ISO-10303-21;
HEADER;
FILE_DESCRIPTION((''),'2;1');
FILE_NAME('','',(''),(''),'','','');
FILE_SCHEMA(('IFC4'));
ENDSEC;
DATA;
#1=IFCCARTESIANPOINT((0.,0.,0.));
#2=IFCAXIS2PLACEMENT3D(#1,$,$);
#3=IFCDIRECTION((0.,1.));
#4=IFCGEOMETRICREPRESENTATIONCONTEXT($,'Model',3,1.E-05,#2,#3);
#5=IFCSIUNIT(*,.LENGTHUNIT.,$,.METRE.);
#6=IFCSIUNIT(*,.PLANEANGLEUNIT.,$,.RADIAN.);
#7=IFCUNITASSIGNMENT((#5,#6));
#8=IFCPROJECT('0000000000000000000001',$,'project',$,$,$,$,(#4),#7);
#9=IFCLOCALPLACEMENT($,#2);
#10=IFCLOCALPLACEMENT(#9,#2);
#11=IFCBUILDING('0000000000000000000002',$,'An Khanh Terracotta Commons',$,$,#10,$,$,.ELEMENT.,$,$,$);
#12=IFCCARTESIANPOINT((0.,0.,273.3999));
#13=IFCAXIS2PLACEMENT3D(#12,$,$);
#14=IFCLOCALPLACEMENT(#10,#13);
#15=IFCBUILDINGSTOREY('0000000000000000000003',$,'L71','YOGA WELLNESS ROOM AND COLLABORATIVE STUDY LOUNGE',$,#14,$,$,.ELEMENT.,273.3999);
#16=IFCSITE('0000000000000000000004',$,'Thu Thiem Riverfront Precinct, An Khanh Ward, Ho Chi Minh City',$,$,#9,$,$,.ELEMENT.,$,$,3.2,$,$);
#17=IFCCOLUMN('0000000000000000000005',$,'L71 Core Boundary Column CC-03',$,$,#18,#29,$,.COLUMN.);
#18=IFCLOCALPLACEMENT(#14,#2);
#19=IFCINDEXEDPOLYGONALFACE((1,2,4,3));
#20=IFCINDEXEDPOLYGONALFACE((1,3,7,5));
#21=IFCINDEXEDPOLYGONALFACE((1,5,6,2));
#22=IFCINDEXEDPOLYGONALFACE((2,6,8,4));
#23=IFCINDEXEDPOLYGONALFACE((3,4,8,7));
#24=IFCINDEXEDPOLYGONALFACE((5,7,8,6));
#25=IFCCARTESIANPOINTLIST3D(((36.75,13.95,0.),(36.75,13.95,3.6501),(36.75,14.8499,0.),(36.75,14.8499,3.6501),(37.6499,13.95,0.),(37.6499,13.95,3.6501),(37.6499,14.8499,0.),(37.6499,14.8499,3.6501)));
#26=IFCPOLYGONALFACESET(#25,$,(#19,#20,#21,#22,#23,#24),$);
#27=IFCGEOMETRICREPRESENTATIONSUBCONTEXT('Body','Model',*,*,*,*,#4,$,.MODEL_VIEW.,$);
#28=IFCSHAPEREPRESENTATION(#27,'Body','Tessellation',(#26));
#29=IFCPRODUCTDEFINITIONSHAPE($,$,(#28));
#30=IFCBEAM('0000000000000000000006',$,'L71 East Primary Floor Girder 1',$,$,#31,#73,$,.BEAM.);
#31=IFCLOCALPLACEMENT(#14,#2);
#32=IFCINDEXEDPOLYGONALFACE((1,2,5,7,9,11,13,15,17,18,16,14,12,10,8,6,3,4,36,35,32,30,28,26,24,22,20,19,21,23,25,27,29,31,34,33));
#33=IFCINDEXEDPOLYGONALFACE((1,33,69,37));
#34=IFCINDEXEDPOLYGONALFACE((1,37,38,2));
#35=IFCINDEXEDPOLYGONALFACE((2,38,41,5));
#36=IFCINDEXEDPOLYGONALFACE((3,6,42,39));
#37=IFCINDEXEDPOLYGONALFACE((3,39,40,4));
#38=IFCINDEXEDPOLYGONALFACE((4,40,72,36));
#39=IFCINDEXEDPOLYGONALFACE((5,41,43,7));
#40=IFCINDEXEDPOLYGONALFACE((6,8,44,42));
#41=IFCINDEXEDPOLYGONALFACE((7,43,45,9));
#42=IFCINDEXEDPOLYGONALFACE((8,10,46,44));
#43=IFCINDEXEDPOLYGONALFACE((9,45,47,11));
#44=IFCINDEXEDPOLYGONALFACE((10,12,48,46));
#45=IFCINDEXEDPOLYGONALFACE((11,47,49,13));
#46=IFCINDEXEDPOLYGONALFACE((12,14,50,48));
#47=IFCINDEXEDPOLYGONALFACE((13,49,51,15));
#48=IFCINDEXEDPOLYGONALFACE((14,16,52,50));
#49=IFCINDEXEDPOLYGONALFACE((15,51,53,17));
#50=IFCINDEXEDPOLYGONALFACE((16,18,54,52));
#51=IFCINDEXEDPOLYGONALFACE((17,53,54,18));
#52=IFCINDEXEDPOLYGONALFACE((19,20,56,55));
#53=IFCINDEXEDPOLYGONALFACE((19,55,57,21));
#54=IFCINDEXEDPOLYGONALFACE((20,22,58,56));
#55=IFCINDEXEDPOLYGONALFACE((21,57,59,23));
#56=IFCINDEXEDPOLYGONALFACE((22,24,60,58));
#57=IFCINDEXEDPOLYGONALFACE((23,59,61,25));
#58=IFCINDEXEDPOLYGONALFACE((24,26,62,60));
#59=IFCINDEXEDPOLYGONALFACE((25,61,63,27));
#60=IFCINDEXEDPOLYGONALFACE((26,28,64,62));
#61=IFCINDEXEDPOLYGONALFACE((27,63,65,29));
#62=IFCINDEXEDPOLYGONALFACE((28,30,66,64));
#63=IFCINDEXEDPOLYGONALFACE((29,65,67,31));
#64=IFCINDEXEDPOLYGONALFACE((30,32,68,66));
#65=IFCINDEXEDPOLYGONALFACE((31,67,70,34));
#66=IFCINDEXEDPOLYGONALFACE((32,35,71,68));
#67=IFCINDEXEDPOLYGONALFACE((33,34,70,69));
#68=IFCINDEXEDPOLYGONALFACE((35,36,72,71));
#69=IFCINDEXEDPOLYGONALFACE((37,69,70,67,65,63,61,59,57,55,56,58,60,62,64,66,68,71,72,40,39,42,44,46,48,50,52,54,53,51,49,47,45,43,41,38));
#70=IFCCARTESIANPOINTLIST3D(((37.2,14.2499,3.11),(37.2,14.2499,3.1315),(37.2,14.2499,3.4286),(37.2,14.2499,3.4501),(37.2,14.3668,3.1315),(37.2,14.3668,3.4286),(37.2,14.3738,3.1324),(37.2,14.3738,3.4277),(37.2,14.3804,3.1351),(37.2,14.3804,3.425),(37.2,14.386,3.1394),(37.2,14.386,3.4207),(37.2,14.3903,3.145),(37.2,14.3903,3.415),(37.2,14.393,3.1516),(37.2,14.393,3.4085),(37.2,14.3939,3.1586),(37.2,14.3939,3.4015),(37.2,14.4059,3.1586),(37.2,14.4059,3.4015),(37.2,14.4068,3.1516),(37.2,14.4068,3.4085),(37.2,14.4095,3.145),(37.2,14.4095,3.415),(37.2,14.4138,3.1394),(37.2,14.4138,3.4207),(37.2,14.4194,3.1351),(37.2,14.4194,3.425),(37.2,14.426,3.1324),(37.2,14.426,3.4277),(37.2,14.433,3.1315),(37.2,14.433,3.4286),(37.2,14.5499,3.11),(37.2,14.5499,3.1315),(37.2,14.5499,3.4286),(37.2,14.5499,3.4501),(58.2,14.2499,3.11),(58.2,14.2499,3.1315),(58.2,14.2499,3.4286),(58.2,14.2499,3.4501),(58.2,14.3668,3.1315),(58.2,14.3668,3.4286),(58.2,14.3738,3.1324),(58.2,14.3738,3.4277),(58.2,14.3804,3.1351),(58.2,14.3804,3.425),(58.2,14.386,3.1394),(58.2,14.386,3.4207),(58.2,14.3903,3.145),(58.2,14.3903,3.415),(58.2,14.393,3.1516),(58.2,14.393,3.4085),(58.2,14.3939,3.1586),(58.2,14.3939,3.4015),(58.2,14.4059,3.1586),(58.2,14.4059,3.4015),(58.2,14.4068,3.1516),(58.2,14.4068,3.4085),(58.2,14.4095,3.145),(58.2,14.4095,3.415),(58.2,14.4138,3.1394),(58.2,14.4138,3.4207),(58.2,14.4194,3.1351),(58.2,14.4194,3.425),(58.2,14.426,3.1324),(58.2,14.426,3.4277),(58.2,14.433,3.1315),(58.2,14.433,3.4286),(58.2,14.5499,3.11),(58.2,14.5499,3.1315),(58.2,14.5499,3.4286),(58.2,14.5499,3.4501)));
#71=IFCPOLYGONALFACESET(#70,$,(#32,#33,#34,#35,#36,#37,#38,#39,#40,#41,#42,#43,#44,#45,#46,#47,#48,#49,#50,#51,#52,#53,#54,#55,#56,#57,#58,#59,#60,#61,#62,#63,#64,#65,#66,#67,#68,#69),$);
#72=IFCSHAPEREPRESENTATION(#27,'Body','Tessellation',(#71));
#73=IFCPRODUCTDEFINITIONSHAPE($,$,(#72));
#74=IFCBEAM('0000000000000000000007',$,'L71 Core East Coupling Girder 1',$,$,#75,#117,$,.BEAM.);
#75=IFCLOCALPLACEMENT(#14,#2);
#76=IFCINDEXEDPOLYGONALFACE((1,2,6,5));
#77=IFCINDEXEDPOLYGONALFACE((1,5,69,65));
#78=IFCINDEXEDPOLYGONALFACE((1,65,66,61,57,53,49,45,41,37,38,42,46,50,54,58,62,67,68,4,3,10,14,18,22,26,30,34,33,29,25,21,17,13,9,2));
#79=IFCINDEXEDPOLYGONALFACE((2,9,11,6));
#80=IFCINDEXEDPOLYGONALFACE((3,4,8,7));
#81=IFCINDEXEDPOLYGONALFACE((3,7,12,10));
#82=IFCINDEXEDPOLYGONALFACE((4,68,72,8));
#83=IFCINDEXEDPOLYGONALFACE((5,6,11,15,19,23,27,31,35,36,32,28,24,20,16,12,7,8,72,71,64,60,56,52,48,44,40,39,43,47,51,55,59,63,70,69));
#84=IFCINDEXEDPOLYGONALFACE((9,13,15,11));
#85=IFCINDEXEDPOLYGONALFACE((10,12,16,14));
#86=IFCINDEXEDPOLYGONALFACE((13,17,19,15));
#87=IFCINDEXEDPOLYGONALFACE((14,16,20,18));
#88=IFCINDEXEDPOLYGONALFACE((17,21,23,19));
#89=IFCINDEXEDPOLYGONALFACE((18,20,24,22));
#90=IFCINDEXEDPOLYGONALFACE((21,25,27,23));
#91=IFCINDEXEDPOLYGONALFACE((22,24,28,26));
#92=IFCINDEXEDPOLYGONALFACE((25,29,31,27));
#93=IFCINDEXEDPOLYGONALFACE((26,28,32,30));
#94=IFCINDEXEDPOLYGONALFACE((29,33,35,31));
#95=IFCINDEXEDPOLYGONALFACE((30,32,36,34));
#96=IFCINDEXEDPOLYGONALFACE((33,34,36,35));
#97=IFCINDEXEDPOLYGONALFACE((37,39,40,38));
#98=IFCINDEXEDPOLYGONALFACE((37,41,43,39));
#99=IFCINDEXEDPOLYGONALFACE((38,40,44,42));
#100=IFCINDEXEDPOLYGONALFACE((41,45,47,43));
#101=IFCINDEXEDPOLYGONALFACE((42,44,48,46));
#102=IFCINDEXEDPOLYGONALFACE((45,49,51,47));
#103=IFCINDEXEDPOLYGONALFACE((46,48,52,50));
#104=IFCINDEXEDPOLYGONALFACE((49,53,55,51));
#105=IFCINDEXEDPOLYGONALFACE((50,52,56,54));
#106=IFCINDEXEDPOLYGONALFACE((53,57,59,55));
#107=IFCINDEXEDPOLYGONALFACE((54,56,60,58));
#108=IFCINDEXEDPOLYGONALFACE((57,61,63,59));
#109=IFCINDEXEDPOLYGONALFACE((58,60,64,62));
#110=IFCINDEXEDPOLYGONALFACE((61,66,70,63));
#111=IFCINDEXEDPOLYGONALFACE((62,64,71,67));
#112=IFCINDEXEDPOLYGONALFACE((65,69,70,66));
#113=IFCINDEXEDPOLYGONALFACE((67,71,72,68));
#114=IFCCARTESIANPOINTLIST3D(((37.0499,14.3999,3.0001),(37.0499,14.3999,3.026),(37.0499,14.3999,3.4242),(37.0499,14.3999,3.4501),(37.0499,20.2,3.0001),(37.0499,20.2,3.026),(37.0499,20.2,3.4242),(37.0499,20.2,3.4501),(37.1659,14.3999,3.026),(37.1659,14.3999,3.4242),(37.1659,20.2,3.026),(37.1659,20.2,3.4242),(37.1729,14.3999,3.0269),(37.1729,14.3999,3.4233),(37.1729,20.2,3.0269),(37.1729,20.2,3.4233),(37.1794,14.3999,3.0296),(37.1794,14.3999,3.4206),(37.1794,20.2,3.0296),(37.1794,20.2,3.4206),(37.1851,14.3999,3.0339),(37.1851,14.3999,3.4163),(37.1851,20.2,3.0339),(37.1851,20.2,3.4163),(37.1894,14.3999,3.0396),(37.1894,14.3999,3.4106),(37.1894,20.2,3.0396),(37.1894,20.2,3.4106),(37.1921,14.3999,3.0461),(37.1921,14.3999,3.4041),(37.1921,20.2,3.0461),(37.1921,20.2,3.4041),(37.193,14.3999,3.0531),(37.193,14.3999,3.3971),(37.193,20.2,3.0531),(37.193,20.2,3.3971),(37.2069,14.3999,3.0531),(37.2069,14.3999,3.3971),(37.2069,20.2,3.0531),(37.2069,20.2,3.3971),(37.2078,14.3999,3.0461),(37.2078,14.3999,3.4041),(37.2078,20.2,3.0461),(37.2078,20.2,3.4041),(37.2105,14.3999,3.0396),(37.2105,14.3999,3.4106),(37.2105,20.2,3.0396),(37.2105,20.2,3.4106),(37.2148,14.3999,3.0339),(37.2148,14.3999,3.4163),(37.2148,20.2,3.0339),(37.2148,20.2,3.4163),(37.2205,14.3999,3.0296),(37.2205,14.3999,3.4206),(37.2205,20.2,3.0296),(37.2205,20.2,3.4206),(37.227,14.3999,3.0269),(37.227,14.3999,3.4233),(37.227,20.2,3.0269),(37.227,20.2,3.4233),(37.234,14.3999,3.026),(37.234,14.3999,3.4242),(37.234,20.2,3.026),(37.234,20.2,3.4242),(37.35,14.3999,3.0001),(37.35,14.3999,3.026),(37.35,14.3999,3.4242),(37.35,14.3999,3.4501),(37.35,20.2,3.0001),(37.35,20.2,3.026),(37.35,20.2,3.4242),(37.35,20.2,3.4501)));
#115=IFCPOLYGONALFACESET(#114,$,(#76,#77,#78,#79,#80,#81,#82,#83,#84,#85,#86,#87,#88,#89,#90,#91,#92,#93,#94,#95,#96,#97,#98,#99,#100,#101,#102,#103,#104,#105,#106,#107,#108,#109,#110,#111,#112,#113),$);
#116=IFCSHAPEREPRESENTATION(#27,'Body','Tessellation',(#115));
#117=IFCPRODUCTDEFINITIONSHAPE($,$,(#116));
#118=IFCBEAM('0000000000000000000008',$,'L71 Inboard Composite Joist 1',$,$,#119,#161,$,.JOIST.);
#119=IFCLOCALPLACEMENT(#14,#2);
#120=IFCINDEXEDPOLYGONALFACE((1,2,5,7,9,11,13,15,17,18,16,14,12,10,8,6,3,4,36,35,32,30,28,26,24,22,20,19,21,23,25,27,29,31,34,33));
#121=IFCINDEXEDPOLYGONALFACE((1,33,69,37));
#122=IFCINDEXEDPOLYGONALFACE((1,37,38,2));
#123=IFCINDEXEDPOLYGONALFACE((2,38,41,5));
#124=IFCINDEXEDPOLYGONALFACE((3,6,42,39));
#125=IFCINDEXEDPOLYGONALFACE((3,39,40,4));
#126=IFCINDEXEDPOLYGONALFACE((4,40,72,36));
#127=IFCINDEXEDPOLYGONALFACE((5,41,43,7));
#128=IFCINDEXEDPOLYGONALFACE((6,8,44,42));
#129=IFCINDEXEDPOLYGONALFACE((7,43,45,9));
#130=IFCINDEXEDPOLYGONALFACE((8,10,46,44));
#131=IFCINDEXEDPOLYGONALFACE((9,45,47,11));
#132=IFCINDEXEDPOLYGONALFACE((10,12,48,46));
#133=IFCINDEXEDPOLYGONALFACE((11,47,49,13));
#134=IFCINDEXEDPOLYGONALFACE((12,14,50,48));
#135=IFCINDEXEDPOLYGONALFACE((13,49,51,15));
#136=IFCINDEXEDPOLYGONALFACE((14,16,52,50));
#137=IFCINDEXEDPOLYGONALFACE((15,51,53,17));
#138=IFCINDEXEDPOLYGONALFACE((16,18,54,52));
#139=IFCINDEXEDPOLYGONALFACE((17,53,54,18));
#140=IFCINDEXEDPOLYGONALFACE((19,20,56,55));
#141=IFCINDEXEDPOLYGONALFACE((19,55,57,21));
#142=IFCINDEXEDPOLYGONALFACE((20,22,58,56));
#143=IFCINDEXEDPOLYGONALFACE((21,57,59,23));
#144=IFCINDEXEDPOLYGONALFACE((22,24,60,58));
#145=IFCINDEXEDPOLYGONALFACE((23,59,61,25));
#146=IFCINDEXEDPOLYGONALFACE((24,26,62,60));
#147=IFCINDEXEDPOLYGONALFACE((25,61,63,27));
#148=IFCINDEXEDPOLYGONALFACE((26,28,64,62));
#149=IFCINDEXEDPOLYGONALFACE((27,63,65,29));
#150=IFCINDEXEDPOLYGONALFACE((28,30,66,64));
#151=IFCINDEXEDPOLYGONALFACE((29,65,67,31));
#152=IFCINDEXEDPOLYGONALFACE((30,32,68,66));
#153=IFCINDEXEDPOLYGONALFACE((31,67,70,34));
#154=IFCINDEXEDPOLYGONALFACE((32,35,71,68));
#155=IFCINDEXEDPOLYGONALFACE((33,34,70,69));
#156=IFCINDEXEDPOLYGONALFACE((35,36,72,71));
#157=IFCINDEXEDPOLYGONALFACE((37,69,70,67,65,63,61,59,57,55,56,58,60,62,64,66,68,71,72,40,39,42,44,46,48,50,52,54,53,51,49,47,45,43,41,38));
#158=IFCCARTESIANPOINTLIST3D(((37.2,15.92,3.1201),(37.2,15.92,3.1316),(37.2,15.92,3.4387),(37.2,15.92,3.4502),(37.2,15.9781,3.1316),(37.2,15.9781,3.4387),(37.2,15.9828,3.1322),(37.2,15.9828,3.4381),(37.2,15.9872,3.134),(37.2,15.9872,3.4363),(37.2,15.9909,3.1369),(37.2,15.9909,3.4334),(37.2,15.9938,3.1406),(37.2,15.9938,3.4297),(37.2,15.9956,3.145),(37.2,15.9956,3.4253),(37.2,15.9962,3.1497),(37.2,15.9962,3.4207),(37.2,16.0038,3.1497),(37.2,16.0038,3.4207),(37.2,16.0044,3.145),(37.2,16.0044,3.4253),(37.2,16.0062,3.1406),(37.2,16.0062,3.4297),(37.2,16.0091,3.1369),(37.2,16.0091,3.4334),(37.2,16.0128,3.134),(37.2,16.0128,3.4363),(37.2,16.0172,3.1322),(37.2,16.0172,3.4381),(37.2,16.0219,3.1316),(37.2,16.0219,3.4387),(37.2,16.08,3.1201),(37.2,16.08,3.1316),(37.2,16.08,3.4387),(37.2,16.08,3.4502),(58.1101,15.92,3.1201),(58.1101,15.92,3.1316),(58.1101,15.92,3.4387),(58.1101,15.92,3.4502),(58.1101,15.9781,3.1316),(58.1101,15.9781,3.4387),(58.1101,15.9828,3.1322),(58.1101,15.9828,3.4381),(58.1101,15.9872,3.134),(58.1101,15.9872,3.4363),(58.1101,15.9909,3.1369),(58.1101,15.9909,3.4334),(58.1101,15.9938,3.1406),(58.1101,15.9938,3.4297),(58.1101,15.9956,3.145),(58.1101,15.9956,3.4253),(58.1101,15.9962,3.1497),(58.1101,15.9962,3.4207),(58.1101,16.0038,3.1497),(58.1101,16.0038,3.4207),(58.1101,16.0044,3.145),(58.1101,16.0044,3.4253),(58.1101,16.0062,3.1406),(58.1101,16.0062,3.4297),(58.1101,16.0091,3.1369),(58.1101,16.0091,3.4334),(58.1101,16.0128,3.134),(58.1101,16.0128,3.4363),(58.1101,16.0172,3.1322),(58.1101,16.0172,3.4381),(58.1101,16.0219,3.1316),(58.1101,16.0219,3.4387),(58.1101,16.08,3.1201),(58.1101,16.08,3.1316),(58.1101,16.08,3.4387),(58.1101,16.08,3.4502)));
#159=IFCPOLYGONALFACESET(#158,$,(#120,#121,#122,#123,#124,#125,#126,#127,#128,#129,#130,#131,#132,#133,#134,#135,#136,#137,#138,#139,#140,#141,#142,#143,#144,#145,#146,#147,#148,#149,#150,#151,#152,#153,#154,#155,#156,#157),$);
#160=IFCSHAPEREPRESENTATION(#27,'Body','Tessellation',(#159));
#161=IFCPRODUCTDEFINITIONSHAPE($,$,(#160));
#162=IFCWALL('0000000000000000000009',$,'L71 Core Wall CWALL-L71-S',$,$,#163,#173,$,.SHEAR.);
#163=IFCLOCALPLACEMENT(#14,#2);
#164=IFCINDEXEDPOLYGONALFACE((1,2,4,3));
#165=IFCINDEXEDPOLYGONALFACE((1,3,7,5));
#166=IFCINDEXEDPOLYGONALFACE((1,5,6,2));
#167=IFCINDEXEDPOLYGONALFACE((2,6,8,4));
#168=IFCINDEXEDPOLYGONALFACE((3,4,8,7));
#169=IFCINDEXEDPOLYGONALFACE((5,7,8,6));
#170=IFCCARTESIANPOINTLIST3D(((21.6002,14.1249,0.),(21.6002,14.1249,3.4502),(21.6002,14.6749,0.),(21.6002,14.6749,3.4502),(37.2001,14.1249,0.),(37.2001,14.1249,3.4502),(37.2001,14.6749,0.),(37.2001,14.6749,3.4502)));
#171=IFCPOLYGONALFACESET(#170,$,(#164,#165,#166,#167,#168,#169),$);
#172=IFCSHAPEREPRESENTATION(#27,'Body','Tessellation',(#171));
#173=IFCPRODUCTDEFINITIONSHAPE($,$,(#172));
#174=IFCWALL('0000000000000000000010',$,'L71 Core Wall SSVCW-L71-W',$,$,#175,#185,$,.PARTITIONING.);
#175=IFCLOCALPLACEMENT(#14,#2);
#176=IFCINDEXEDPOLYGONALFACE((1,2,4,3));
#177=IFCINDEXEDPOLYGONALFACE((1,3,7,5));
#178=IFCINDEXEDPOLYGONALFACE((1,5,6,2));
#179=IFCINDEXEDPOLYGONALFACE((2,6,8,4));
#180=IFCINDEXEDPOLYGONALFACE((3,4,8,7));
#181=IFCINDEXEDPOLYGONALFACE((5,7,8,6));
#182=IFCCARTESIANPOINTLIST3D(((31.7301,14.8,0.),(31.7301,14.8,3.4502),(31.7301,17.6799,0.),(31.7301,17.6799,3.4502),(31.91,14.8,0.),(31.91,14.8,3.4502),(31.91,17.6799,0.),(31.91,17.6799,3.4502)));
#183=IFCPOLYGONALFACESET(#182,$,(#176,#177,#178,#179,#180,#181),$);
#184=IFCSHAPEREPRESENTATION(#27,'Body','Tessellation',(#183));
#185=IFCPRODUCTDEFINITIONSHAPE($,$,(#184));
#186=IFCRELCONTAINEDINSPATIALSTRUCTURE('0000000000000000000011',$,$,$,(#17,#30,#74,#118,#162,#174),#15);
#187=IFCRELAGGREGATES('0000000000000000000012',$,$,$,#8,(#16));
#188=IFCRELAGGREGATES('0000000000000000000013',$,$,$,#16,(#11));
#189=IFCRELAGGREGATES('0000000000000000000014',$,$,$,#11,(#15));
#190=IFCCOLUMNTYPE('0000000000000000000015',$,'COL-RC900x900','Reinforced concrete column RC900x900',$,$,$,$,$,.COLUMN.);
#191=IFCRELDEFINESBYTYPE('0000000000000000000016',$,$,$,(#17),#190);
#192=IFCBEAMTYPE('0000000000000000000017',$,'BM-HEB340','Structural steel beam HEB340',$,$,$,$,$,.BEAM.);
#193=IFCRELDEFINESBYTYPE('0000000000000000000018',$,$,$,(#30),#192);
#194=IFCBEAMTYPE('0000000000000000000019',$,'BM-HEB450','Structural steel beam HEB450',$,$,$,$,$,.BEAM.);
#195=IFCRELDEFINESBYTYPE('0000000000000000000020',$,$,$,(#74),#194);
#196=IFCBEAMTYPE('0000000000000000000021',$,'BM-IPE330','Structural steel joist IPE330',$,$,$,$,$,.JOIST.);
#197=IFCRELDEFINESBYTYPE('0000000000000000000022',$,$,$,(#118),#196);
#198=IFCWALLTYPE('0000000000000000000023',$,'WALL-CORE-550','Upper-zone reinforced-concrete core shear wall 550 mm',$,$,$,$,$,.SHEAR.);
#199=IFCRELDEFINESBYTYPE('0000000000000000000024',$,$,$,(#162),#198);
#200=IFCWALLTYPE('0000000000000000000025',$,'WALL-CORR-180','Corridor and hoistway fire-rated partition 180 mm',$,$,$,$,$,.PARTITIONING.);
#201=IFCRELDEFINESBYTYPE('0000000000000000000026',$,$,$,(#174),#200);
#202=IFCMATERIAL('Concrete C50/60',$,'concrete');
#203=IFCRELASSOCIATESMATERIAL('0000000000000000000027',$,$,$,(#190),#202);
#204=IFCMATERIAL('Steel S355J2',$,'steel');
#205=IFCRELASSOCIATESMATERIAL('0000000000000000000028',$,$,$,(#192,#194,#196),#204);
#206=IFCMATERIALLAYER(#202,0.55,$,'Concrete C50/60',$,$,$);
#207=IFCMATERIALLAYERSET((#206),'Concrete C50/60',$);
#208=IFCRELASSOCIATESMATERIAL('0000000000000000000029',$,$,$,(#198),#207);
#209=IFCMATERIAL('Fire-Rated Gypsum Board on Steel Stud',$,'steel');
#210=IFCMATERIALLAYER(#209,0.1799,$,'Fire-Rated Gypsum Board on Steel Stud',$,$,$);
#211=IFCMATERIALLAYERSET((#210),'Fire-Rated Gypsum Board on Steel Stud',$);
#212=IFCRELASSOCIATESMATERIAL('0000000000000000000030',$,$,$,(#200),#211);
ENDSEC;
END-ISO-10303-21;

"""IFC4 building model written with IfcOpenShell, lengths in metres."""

from ifc_helpers import new_model, si_unit, direction, frame, frame_2d, origin, origin_2d, place, context, subcontext, project, spatial, rectangle, i_section, extrude, material, layer, layer_set, material_profile, profile_set, type_object, element, save


model = new_model("IFC4")

# Units and contexts
model_context = context("Model", 3, precision=1e-05, world=origin(), true_north=direction((0.0, 1.0)))
body_context = subcontext(model_context, "Body", "Model", "MODEL_VIEW")
ifc_project = project(units=[si_unit("LENGTHUNIT", "METRE"), si_unit("PLANEANGLEUNIT", "RADIAN")], contexts=[model_context])

# Site, building, storey
site_placement = place(None, origin())
site = spatial("IfcSite", under=ifc_project, at=site_placement, Name="Thu Thiem Riverfront Precinct, An Khanh Ward, Ho Chi Minh City", CompositionType="ELEMENT", RefElevation=3.2)
building_placement = place(site_placement, origin())
building = spatial("IfcBuilding", under=site, at=building_placement, Name="An Khanh Terracotta Commons", CompositionType="ELEMENT")
storey_placement = place(building_placement, frame((0.0, 0.0, 273.3999)))
storey = spatial("IfcBuildingStorey", under=building, at=storey_placement, Name="L71", Description="YOGA WELLNESS ROOM AND COLLABORATIVE STUDY LOUNGE", CompositionType="ELEMENT", Elevation=273.3999)

# Column
ifc_material_1 = material(Name="Concrete C50/60", Category="concrete")
ifc_material_profile_1 = material_profile(ifc_material_1, rectangle(XDim=0.8999, YDim=0.8999, at=origin_2d()), Name="RC900x900")
ifc_profile_set_1 = profile_set([ifc_material_profile_1], Name="Concrete C50/60")
column_type = type_object("IfcColumnType", Name="COL-RC900x900", Description="Reinforced concrete column RC900x900", PredefinedType="COLUMN", material=ifc_profile_set_1)
column_placement = place(storey_placement, frame((37.2, 14.3999, 0.0), z_axis=(0.0, 0.0, 1.0), x_axis=(1.0, 0.0, 0.0)))
element("IfcColumn", 1, at=column_placement, inside=storey, type_object=column_type, Name="L71 Core Boundary Column CC-03", PredefinedType="COLUMN", context=body_context, shape_type="SweptSolid", body=[
    extrude(rectangle(XDim=0.8999, YDim=0.8999, at=origin_2d()), origin(), (0.0, 0.0, 1.0), 3.6501),
])

# Beams
ifc_material_2 = material(Name="Steel S355J2", Category="steel")
ifc_material_profile_2 = material_profile(ifc_material_2, i_section(OverallWidth=0.3, OverallDepth=0.3401, WebThickness=0.012, FlangeThickness=0.0215, FilletRadius=0.0271, at=origin_2d()), Name="HEB340")
ifc_profile_set_2 = profile_set([ifc_material_profile_2], Name="Steel S355J2")
beam_type_1 = type_object("IfcBeamType", Name="BM-HEB340", Description="Structural steel beam HEB340", PredefinedType="BEAM", material=ifc_profile_set_2)
beam_1_placement = place(storey_placement, frame((37.2, 14.3999, 3.28), z_axis=(1.0, 0.0, 0.0), x_axis=(0.0, 1.0, 0.0)))
element("IfcBeam", 2, at=beam_1_placement, inside=storey, type_object=beam_type_1, Name="L71 East Primary Floor Girder 1", PredefinedType="BEAM", context=body_context, shape_type="SweptSolid", body=[
    extrude(i_section(OverallWidth=0.3, OverallDepth=0.3401, WebThickness=0.012, FlangeThickness=0.0215, FilletRadius=0.0271, at=origin_2d()), origin(), (0.0, 0.0, 1.0), 21.0),
])
ifc_material_profile_3 = material_profile(ifc_material_2, i_section(OverallWidth=0.3, OverallDepth=0.45, WebThickness=0.0139, FlangeThickness=0.0259, FilletRadius=0.0271, at=origin_2d()), Name="HEB450")
ifc_profile_set_3 = profile_set([ifc_material_profile_3], Name="Steel S355J2")
beam_type_2 = type_object("IfcBeamType", Name="BM-HEB450", Description="Structural steel beam HEB450", PredefinedType="BEAM", material=ifc_profile_set_3)
beam_2_placement = place(storey_placement, frame((37.2, 14.3999, 3.2251), z_axis=(0.0, 1.0, 0.0), x_axis=(-1.0, 0.0, 0.0)))
element("IfcBeam", 3, at=beam_2_placement, inside=storey, type_object=beam_type_2, Name="L71 Core East Coupling Girder 1", PredefinedType="BEAM", context=body_context, shape_type="SweptSolid", body=[
    extrude(i_section(OverallWidth=0.3, OverallDepth=0.45, WebThickness=0.0139, FlangeThickness=0.0259, FilletRadius=0.0271, at=origin_2d()), origin(), (0.0, 0.0, 1.0), 5.8),
])
ifc_material_profile_4 = material_profile(ifc_material_2, i_section(OverallWidth=0.1599, OverallDepth=0.3301, WebThickness=0.0076, FlangeThickness=0.0115, FilletRadius=0.0181, at=origin_2d()), Name="IPE330")
ifc_profile_set_4 = profile_set([ifc_material_profile_4], Name="Steel S355J2")
beam_type_3 = type_object("IfcBeamType", Name="BM-IPE330", Description="Structural steel joist IPE330", PredefinedType="JOIST", material=ifc_profile_set_4)
beam_3_placement = place(storey_placement, frame((37.2, 16.0, 3.2852), z_axis=(1.0, 0.0, 0.0), x_axis=(0.0, 1.0, 0.0)))
element("IfcBeam", 4, at=beam_3_placement, inside=storey, type_object=beam_type_3, Name="L71 Inboard Composite Joist 1", PredefinedType="JOIST", context=body_context, shape_type="SweptSolid", body=[
    extrude(i_section(OverallWidth=0.1599, OverallDepth=0.3301, WebThickness=0.0076, FlangeThickness=0.0115, FilletRadius=0.0181, at=origin_2d()), origin(), (0.0, 0.0, 1.0), 20.9102),
])

# Wall
ifc_layer_1 = layer(ifc_material_1, 0.55, Name="Concrete C50/60")
ifc_layer_set_1 = layer_set([ifc_layer_1], Name="Concrete C50/60")
wall_type_1 = type_object("IfcWallType", Name="WALL-CORE-550", Description="Upper-zone reinforced-concrete core shear wall 550 mm", PredefinedType="SHEAR", material=ifc_layer_set_1)
wall_1_placement = place(storey_placement, frame((37.2, 14.3999, 0.0), z_axis=(0.0, 0.0, 1.0), x_axis=(-1.0, 0.0, 0.0)))
element("IfcWall", 5, at=wall_1_placement, inside=storey, type_object=wall_type_1, Name="L71 Core Wall CWALL-L71-S", PredefinedType="SHEAR", context=body_context, shape_type="SweptSolid", body=[
    extrude(rectangle(XDim=15.5999, YDim=0.55, at=frame_2d((7.7998, 0.0))), origin(), (0.0, 0.0, 1.0), 3.4502),
])

# Wall
ifc_material_3 = material(Name="Fire-Rated Gypsum Board on Steel Stud", Category="steel")
ifc_layer_2 = layer(ifc_material_3, 0.1799, Name="Fire-Rated Gypsum Board on Steel Stud")
ifc_layer_set_2 = layer_set([ifc_layer_2], Name="Fire-Rated Gypsum Board on Steel Stud")
wall_type_2 = type_object("IfcWallType", Name="WALL-CORR-180", Description="Corridor and hoistway fire-rated partition 180 mm", PredefinedType="PARTITIONING", material=ifc_layer_set_2)
wall_2_placement = place(storey_placement, frame((31.8201, 14.8, 0.0), z_axis=(0.0, 0.0, 1.0), x_axis=(0.0, 1.0, 0.0)))
element("IfcWall", 6, at=wall_2_placement, inside=storey, type_object=wall_type_2, Name="L71 Core Wall SSVCW-L71-W", PredefinedType="PARTITIONING", context=body_context, shape_type="SweptSolid", body=[
    extrude(rectangle(XDim=2.8799, YDim=0.1799, at=frame_2d((1.4399, 0.0))), origin(), (0.0, 0.0, 1.0), 3.4502),
])

save(model, "model.ifc")
